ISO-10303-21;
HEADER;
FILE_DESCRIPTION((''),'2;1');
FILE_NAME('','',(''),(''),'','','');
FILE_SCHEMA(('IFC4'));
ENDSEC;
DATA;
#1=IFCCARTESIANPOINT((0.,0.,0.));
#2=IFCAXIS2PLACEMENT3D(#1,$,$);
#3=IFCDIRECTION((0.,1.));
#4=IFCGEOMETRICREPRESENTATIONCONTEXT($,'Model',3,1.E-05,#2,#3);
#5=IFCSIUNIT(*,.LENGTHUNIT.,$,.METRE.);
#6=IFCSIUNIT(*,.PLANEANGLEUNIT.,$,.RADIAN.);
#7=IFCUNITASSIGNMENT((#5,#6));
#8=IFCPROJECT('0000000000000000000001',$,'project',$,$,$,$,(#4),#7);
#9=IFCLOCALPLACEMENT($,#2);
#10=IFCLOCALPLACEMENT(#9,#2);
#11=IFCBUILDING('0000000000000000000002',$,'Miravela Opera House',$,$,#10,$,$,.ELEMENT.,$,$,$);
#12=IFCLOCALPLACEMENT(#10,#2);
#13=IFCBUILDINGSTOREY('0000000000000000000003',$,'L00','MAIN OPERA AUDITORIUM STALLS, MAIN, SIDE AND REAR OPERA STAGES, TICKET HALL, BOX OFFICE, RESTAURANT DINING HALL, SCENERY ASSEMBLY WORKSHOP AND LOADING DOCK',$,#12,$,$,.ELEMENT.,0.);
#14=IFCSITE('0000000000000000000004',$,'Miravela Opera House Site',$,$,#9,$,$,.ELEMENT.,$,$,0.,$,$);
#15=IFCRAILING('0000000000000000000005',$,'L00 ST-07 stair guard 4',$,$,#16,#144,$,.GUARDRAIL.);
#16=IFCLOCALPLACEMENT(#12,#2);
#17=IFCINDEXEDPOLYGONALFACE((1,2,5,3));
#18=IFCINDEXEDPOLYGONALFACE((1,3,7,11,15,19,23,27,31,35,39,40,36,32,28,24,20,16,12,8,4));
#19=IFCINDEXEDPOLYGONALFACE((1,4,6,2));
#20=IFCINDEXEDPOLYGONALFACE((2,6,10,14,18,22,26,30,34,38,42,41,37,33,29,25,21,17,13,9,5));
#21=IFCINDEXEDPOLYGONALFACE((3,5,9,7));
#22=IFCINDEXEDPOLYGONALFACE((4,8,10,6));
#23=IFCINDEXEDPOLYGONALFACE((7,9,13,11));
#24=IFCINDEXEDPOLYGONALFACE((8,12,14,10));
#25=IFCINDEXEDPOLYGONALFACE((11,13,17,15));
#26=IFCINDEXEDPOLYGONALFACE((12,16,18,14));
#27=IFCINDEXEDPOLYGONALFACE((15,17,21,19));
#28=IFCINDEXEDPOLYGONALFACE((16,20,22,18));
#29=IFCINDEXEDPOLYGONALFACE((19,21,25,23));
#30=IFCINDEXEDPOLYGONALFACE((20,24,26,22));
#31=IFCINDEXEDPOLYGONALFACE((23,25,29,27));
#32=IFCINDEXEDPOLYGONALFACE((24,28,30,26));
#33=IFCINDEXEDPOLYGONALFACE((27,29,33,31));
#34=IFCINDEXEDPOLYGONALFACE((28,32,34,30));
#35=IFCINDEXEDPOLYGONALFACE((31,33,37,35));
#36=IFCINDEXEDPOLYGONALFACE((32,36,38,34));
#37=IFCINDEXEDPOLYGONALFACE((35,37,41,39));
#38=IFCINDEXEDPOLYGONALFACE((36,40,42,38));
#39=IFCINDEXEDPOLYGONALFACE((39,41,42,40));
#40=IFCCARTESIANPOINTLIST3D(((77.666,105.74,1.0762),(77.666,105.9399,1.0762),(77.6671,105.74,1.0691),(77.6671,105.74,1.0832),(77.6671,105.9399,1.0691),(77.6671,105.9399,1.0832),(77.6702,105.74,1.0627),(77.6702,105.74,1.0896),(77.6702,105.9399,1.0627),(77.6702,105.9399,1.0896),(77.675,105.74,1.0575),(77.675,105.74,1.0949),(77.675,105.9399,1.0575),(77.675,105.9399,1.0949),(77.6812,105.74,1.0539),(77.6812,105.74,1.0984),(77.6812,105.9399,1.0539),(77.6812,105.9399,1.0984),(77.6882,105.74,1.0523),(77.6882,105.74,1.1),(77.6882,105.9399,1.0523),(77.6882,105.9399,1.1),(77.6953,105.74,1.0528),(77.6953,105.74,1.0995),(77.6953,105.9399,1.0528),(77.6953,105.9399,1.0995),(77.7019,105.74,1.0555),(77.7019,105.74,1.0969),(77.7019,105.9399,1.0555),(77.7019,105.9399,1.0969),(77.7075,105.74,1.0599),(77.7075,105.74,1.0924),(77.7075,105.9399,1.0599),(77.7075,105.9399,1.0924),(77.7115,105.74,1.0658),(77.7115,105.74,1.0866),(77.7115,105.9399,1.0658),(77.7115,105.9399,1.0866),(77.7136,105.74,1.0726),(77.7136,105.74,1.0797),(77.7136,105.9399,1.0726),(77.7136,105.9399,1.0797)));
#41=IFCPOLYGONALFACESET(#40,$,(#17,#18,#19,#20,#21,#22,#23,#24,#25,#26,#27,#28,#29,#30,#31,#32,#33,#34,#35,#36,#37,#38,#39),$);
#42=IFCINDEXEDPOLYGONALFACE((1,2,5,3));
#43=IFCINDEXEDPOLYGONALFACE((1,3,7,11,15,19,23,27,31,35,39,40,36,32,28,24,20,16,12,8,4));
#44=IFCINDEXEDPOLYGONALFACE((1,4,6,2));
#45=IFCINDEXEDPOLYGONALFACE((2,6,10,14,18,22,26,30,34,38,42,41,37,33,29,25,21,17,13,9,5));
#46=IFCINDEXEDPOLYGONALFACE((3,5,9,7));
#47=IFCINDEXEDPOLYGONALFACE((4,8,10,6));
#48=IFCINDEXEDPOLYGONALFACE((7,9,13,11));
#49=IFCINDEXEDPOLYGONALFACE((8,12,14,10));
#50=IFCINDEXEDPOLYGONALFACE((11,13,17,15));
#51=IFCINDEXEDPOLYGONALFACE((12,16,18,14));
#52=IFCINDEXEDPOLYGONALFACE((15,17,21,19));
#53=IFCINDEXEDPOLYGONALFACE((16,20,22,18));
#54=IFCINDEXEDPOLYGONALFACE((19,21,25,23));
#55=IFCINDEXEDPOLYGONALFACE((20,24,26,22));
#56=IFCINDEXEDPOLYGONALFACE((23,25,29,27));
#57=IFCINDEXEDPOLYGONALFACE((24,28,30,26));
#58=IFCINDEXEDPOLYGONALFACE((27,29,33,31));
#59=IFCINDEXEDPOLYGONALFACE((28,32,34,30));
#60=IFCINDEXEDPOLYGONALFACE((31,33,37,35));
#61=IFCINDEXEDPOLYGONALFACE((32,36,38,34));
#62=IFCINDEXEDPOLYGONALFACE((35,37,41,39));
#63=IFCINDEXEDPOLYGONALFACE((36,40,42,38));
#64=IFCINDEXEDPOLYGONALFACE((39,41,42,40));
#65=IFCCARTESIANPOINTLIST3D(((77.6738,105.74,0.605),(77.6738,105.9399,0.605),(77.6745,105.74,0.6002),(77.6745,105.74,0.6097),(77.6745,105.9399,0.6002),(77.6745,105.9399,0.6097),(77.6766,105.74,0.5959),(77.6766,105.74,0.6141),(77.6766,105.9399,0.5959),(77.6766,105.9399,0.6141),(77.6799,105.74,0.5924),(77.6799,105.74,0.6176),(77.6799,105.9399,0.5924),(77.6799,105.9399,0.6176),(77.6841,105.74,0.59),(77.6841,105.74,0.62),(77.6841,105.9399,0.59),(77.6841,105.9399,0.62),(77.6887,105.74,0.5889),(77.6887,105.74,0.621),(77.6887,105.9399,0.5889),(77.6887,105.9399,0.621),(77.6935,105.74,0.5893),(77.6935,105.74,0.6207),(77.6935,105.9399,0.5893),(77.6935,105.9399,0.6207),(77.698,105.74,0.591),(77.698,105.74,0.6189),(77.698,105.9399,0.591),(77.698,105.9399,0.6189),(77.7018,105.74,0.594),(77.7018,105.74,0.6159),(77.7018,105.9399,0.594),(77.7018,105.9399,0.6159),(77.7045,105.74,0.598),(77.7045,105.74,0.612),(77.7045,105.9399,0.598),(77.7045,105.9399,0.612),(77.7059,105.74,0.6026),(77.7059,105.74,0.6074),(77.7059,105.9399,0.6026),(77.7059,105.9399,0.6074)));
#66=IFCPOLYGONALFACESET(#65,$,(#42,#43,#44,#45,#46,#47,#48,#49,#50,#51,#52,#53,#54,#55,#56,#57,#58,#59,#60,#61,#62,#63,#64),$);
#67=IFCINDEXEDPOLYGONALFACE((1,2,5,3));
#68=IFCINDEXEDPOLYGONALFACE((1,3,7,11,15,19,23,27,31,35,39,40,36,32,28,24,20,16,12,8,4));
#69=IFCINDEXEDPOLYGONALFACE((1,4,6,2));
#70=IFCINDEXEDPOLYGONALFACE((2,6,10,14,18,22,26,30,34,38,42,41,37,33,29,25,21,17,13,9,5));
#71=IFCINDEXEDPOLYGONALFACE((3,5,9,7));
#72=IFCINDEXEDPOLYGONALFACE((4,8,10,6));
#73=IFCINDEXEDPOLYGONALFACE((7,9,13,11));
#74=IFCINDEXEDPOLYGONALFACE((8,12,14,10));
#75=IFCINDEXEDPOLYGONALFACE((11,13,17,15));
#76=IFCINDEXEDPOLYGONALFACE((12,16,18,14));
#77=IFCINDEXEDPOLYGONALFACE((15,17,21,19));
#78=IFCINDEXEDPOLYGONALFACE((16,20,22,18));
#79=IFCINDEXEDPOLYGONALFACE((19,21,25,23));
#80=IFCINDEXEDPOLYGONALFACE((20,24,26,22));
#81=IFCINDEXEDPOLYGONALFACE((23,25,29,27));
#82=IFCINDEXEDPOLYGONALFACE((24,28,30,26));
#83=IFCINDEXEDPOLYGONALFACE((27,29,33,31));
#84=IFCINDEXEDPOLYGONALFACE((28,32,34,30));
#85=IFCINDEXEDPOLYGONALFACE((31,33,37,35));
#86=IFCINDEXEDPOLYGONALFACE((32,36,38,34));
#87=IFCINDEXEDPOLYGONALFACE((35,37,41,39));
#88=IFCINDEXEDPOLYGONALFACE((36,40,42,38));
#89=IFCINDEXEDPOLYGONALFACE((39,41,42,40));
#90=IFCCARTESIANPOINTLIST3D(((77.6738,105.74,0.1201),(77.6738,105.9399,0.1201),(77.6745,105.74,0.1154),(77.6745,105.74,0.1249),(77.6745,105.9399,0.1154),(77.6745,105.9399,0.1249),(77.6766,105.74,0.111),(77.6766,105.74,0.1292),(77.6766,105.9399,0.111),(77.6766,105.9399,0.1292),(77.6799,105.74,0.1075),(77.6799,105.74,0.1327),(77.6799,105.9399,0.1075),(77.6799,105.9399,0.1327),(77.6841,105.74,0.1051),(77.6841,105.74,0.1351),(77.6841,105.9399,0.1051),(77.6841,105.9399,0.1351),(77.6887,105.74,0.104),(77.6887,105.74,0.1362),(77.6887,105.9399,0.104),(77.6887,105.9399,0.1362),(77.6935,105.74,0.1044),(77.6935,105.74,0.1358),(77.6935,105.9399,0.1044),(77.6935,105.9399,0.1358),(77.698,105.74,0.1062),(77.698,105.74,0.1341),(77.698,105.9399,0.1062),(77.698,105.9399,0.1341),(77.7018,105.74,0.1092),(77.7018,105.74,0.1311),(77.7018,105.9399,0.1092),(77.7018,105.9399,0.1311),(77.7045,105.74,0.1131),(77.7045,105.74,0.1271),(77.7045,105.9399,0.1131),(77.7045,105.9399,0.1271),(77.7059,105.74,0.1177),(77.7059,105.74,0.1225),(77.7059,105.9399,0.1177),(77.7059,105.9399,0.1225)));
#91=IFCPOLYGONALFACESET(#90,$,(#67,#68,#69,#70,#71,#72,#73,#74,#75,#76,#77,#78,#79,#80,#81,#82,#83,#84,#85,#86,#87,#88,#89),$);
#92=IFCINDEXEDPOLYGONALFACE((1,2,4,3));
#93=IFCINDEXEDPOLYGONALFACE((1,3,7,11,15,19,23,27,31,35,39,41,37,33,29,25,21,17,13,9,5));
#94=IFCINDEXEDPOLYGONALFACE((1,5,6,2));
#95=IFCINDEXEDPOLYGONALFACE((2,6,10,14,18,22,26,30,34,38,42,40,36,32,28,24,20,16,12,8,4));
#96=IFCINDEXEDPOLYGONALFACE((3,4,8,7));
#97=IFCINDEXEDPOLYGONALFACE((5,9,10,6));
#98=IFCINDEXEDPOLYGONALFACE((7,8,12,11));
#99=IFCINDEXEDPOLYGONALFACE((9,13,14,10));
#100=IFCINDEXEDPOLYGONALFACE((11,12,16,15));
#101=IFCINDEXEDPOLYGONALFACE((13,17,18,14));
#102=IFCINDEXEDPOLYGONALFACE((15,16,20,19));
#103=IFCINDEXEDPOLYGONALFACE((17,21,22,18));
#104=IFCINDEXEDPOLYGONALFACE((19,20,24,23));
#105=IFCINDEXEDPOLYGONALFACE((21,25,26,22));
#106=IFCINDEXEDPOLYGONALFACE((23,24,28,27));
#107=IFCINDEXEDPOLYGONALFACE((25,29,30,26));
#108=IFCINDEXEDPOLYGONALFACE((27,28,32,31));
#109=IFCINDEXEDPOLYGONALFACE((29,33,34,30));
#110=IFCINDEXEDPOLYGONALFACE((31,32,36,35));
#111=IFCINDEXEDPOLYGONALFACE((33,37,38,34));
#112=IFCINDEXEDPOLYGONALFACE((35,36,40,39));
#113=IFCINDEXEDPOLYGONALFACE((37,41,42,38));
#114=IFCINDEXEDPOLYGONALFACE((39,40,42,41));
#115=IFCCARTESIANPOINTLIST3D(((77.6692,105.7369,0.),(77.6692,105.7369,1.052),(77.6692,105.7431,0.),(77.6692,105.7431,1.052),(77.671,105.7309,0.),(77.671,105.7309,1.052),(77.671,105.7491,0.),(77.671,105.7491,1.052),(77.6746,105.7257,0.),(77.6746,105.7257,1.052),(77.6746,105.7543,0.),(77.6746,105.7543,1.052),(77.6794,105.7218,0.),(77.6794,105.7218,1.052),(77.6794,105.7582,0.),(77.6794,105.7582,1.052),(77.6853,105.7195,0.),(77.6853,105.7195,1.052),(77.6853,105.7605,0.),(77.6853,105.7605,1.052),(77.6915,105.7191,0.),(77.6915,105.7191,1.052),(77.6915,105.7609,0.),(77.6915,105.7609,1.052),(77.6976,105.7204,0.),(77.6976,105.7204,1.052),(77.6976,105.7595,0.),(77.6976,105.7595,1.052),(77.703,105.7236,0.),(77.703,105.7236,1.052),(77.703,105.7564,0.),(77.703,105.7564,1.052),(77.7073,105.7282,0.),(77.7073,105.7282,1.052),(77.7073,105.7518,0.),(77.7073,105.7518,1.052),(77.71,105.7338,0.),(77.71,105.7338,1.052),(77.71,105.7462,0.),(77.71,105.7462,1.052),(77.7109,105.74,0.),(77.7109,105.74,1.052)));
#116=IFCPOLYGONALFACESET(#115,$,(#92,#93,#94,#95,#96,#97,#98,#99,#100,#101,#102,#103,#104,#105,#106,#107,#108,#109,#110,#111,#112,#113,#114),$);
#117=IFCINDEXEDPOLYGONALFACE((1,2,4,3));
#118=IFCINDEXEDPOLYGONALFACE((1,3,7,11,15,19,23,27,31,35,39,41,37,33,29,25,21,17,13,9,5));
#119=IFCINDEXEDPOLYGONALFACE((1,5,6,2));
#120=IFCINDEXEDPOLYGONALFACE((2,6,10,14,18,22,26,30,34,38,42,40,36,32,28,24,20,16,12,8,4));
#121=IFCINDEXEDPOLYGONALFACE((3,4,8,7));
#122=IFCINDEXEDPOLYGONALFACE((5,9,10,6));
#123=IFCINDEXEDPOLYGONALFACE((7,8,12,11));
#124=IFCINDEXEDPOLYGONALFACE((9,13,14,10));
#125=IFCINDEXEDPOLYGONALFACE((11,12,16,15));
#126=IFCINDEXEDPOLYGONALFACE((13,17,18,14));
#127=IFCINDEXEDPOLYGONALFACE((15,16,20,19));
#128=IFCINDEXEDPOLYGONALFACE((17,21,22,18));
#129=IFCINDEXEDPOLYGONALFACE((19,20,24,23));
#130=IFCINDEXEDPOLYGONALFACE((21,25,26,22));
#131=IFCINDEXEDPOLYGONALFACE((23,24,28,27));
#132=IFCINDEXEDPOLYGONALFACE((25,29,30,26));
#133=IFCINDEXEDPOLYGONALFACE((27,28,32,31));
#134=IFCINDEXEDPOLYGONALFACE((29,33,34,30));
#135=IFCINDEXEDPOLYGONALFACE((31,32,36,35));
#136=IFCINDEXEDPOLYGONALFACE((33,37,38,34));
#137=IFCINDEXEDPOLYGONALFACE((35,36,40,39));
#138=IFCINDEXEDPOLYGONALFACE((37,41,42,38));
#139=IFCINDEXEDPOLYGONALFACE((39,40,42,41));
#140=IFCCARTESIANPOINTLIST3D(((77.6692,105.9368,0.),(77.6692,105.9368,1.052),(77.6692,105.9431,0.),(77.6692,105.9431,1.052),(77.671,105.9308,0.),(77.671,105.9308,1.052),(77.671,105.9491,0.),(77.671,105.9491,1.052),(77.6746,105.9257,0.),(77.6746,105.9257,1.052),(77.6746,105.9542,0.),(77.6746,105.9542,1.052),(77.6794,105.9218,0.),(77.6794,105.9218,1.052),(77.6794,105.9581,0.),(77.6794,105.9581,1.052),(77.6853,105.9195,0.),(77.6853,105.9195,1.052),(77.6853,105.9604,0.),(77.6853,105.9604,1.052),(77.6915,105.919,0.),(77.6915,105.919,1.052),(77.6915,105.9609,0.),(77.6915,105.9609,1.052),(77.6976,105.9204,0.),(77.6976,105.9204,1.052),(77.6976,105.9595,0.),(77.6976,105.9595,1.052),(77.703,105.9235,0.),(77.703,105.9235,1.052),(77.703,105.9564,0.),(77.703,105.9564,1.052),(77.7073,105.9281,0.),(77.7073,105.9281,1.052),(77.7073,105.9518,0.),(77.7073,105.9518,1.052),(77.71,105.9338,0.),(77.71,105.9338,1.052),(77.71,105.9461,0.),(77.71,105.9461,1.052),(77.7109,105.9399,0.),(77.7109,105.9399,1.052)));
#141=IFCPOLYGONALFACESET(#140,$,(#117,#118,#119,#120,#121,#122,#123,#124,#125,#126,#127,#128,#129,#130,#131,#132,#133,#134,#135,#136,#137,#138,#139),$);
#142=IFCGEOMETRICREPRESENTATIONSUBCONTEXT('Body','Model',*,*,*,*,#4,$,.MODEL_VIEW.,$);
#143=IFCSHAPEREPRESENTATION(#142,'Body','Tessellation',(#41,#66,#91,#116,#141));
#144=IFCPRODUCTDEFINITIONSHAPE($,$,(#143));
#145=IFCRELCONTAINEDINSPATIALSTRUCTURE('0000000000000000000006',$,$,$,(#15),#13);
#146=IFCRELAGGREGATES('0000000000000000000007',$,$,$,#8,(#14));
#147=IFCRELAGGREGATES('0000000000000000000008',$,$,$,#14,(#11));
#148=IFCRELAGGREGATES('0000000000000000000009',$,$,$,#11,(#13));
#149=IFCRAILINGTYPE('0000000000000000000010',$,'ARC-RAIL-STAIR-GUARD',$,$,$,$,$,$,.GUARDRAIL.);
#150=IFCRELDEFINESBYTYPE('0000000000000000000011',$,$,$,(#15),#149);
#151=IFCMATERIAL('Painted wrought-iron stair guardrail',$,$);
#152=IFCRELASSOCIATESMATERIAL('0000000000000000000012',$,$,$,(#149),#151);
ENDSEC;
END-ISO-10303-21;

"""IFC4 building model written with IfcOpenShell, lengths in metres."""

from ifc_helpers import new_model, si_unit, direction, frame, origin, origin_2d, place, context, subcontext, project, spatial, circle, extrude, material, type_object, element, save


model = new_model("IFC4")

# Units and contexts
model_context = context("Model", 3, precision=1e-05, world=origin(), true_north=direction((0.0, 1.0)))
body_context = subcontext(model_context, "Body", "Model", "MODEL_VIEW")
ifc_project = project(units=[si_unit("LENGTHUNIT", "METRE"), si_unit("PLANEANGLEUNIT", "RADIAN")], contexts=[model_context])

# Site, building, storey
site_placement = place(None, origin())
site = spatial("IfcSite", under=ifc_project, at=site_placement, Name="Miravela Opera House Site", CompositionType="ELEMENT", RefElevation=0.0)
building_placement = place(site_placement, origin())
building = spatial("IfcBuilding", under=site, at=building_placement, Name="Miravela Opera House", CompositionType="ELEMENT")
storey_placement = place(building_placement, origin())
storey = spatial("IfcBuildingStorey", under=building, at=storey_placement, Name="L00", Description="MAIN OPERA AUDITORIUM STALLS, MAIN, SIDE AND REAR OPERA STAGES, TICKET HALL, BOX OFFICE, RESTAURANT DINING HALL, SCENERY ASSEMBLY WORKSHOP AND LOADING DOCK", CompositionType="ELEMENT", Elevation=0.0)

# Railing
ifc_material_1 = material(Name="Painted wrought-iron stair guardrail")
railing_type_1 = type_object("IfcRailingType", Name="ARC-RAIL-STAIR-GUARD", PredefinedType="GUARDRAIL", material=ifc_material_1)
railing_1_placement = place(storey_placement, frame((77.6899, 105.74, 0.0)))
element("IfcRailing", 1, at=railing_1_placement, inside=storey, type_object=railing_type_1, Name="L00 ST-07 stair guard 4", PredefinedType="GUARDRAIL", context=body_context, shape_type="SweptSolid", body=[
    extrude(circle(Radius=0.0239, at=origin_2d()), frame((0.0, 0.0, 1.0762), z_axis=(0.0, 1.0, 0.0), x_axis=(-1.0, 0.0, 0.0)), (0.0, 0.0, 1.0), 0.2),
    extrude(circle(Radius=0.0161, at=origin_2d()), frame((0.0, 0.0, 0.605), z_axis=(0.0, 1.0, 0.0), x_axis=(-1.0, 0.0, 0.0)), (0.0, 0.0, 1.0), 0.2),
    extrude(circle(Radius=0.0161, at=origin_2d()), frame((0.0, 0.0, 0.1201), z_axis=(0.0, 1.0, 0.0), x_axis=(-1.0, 0.0, 0.0)), (0.0, 0.0, 1.0), 0.2),
    extrude(circle(Radius=0.021, at=origin_2d()), origin(), (0.0, 0.0, 1.0), 1.052),
    extrude(circle(Radius=0.021, at=origin_2d()), frame((0.0, 0.2, 0.0)), (0.0, 0.0, 1.0), 1.052),
])

save(model, "model.ifc")
